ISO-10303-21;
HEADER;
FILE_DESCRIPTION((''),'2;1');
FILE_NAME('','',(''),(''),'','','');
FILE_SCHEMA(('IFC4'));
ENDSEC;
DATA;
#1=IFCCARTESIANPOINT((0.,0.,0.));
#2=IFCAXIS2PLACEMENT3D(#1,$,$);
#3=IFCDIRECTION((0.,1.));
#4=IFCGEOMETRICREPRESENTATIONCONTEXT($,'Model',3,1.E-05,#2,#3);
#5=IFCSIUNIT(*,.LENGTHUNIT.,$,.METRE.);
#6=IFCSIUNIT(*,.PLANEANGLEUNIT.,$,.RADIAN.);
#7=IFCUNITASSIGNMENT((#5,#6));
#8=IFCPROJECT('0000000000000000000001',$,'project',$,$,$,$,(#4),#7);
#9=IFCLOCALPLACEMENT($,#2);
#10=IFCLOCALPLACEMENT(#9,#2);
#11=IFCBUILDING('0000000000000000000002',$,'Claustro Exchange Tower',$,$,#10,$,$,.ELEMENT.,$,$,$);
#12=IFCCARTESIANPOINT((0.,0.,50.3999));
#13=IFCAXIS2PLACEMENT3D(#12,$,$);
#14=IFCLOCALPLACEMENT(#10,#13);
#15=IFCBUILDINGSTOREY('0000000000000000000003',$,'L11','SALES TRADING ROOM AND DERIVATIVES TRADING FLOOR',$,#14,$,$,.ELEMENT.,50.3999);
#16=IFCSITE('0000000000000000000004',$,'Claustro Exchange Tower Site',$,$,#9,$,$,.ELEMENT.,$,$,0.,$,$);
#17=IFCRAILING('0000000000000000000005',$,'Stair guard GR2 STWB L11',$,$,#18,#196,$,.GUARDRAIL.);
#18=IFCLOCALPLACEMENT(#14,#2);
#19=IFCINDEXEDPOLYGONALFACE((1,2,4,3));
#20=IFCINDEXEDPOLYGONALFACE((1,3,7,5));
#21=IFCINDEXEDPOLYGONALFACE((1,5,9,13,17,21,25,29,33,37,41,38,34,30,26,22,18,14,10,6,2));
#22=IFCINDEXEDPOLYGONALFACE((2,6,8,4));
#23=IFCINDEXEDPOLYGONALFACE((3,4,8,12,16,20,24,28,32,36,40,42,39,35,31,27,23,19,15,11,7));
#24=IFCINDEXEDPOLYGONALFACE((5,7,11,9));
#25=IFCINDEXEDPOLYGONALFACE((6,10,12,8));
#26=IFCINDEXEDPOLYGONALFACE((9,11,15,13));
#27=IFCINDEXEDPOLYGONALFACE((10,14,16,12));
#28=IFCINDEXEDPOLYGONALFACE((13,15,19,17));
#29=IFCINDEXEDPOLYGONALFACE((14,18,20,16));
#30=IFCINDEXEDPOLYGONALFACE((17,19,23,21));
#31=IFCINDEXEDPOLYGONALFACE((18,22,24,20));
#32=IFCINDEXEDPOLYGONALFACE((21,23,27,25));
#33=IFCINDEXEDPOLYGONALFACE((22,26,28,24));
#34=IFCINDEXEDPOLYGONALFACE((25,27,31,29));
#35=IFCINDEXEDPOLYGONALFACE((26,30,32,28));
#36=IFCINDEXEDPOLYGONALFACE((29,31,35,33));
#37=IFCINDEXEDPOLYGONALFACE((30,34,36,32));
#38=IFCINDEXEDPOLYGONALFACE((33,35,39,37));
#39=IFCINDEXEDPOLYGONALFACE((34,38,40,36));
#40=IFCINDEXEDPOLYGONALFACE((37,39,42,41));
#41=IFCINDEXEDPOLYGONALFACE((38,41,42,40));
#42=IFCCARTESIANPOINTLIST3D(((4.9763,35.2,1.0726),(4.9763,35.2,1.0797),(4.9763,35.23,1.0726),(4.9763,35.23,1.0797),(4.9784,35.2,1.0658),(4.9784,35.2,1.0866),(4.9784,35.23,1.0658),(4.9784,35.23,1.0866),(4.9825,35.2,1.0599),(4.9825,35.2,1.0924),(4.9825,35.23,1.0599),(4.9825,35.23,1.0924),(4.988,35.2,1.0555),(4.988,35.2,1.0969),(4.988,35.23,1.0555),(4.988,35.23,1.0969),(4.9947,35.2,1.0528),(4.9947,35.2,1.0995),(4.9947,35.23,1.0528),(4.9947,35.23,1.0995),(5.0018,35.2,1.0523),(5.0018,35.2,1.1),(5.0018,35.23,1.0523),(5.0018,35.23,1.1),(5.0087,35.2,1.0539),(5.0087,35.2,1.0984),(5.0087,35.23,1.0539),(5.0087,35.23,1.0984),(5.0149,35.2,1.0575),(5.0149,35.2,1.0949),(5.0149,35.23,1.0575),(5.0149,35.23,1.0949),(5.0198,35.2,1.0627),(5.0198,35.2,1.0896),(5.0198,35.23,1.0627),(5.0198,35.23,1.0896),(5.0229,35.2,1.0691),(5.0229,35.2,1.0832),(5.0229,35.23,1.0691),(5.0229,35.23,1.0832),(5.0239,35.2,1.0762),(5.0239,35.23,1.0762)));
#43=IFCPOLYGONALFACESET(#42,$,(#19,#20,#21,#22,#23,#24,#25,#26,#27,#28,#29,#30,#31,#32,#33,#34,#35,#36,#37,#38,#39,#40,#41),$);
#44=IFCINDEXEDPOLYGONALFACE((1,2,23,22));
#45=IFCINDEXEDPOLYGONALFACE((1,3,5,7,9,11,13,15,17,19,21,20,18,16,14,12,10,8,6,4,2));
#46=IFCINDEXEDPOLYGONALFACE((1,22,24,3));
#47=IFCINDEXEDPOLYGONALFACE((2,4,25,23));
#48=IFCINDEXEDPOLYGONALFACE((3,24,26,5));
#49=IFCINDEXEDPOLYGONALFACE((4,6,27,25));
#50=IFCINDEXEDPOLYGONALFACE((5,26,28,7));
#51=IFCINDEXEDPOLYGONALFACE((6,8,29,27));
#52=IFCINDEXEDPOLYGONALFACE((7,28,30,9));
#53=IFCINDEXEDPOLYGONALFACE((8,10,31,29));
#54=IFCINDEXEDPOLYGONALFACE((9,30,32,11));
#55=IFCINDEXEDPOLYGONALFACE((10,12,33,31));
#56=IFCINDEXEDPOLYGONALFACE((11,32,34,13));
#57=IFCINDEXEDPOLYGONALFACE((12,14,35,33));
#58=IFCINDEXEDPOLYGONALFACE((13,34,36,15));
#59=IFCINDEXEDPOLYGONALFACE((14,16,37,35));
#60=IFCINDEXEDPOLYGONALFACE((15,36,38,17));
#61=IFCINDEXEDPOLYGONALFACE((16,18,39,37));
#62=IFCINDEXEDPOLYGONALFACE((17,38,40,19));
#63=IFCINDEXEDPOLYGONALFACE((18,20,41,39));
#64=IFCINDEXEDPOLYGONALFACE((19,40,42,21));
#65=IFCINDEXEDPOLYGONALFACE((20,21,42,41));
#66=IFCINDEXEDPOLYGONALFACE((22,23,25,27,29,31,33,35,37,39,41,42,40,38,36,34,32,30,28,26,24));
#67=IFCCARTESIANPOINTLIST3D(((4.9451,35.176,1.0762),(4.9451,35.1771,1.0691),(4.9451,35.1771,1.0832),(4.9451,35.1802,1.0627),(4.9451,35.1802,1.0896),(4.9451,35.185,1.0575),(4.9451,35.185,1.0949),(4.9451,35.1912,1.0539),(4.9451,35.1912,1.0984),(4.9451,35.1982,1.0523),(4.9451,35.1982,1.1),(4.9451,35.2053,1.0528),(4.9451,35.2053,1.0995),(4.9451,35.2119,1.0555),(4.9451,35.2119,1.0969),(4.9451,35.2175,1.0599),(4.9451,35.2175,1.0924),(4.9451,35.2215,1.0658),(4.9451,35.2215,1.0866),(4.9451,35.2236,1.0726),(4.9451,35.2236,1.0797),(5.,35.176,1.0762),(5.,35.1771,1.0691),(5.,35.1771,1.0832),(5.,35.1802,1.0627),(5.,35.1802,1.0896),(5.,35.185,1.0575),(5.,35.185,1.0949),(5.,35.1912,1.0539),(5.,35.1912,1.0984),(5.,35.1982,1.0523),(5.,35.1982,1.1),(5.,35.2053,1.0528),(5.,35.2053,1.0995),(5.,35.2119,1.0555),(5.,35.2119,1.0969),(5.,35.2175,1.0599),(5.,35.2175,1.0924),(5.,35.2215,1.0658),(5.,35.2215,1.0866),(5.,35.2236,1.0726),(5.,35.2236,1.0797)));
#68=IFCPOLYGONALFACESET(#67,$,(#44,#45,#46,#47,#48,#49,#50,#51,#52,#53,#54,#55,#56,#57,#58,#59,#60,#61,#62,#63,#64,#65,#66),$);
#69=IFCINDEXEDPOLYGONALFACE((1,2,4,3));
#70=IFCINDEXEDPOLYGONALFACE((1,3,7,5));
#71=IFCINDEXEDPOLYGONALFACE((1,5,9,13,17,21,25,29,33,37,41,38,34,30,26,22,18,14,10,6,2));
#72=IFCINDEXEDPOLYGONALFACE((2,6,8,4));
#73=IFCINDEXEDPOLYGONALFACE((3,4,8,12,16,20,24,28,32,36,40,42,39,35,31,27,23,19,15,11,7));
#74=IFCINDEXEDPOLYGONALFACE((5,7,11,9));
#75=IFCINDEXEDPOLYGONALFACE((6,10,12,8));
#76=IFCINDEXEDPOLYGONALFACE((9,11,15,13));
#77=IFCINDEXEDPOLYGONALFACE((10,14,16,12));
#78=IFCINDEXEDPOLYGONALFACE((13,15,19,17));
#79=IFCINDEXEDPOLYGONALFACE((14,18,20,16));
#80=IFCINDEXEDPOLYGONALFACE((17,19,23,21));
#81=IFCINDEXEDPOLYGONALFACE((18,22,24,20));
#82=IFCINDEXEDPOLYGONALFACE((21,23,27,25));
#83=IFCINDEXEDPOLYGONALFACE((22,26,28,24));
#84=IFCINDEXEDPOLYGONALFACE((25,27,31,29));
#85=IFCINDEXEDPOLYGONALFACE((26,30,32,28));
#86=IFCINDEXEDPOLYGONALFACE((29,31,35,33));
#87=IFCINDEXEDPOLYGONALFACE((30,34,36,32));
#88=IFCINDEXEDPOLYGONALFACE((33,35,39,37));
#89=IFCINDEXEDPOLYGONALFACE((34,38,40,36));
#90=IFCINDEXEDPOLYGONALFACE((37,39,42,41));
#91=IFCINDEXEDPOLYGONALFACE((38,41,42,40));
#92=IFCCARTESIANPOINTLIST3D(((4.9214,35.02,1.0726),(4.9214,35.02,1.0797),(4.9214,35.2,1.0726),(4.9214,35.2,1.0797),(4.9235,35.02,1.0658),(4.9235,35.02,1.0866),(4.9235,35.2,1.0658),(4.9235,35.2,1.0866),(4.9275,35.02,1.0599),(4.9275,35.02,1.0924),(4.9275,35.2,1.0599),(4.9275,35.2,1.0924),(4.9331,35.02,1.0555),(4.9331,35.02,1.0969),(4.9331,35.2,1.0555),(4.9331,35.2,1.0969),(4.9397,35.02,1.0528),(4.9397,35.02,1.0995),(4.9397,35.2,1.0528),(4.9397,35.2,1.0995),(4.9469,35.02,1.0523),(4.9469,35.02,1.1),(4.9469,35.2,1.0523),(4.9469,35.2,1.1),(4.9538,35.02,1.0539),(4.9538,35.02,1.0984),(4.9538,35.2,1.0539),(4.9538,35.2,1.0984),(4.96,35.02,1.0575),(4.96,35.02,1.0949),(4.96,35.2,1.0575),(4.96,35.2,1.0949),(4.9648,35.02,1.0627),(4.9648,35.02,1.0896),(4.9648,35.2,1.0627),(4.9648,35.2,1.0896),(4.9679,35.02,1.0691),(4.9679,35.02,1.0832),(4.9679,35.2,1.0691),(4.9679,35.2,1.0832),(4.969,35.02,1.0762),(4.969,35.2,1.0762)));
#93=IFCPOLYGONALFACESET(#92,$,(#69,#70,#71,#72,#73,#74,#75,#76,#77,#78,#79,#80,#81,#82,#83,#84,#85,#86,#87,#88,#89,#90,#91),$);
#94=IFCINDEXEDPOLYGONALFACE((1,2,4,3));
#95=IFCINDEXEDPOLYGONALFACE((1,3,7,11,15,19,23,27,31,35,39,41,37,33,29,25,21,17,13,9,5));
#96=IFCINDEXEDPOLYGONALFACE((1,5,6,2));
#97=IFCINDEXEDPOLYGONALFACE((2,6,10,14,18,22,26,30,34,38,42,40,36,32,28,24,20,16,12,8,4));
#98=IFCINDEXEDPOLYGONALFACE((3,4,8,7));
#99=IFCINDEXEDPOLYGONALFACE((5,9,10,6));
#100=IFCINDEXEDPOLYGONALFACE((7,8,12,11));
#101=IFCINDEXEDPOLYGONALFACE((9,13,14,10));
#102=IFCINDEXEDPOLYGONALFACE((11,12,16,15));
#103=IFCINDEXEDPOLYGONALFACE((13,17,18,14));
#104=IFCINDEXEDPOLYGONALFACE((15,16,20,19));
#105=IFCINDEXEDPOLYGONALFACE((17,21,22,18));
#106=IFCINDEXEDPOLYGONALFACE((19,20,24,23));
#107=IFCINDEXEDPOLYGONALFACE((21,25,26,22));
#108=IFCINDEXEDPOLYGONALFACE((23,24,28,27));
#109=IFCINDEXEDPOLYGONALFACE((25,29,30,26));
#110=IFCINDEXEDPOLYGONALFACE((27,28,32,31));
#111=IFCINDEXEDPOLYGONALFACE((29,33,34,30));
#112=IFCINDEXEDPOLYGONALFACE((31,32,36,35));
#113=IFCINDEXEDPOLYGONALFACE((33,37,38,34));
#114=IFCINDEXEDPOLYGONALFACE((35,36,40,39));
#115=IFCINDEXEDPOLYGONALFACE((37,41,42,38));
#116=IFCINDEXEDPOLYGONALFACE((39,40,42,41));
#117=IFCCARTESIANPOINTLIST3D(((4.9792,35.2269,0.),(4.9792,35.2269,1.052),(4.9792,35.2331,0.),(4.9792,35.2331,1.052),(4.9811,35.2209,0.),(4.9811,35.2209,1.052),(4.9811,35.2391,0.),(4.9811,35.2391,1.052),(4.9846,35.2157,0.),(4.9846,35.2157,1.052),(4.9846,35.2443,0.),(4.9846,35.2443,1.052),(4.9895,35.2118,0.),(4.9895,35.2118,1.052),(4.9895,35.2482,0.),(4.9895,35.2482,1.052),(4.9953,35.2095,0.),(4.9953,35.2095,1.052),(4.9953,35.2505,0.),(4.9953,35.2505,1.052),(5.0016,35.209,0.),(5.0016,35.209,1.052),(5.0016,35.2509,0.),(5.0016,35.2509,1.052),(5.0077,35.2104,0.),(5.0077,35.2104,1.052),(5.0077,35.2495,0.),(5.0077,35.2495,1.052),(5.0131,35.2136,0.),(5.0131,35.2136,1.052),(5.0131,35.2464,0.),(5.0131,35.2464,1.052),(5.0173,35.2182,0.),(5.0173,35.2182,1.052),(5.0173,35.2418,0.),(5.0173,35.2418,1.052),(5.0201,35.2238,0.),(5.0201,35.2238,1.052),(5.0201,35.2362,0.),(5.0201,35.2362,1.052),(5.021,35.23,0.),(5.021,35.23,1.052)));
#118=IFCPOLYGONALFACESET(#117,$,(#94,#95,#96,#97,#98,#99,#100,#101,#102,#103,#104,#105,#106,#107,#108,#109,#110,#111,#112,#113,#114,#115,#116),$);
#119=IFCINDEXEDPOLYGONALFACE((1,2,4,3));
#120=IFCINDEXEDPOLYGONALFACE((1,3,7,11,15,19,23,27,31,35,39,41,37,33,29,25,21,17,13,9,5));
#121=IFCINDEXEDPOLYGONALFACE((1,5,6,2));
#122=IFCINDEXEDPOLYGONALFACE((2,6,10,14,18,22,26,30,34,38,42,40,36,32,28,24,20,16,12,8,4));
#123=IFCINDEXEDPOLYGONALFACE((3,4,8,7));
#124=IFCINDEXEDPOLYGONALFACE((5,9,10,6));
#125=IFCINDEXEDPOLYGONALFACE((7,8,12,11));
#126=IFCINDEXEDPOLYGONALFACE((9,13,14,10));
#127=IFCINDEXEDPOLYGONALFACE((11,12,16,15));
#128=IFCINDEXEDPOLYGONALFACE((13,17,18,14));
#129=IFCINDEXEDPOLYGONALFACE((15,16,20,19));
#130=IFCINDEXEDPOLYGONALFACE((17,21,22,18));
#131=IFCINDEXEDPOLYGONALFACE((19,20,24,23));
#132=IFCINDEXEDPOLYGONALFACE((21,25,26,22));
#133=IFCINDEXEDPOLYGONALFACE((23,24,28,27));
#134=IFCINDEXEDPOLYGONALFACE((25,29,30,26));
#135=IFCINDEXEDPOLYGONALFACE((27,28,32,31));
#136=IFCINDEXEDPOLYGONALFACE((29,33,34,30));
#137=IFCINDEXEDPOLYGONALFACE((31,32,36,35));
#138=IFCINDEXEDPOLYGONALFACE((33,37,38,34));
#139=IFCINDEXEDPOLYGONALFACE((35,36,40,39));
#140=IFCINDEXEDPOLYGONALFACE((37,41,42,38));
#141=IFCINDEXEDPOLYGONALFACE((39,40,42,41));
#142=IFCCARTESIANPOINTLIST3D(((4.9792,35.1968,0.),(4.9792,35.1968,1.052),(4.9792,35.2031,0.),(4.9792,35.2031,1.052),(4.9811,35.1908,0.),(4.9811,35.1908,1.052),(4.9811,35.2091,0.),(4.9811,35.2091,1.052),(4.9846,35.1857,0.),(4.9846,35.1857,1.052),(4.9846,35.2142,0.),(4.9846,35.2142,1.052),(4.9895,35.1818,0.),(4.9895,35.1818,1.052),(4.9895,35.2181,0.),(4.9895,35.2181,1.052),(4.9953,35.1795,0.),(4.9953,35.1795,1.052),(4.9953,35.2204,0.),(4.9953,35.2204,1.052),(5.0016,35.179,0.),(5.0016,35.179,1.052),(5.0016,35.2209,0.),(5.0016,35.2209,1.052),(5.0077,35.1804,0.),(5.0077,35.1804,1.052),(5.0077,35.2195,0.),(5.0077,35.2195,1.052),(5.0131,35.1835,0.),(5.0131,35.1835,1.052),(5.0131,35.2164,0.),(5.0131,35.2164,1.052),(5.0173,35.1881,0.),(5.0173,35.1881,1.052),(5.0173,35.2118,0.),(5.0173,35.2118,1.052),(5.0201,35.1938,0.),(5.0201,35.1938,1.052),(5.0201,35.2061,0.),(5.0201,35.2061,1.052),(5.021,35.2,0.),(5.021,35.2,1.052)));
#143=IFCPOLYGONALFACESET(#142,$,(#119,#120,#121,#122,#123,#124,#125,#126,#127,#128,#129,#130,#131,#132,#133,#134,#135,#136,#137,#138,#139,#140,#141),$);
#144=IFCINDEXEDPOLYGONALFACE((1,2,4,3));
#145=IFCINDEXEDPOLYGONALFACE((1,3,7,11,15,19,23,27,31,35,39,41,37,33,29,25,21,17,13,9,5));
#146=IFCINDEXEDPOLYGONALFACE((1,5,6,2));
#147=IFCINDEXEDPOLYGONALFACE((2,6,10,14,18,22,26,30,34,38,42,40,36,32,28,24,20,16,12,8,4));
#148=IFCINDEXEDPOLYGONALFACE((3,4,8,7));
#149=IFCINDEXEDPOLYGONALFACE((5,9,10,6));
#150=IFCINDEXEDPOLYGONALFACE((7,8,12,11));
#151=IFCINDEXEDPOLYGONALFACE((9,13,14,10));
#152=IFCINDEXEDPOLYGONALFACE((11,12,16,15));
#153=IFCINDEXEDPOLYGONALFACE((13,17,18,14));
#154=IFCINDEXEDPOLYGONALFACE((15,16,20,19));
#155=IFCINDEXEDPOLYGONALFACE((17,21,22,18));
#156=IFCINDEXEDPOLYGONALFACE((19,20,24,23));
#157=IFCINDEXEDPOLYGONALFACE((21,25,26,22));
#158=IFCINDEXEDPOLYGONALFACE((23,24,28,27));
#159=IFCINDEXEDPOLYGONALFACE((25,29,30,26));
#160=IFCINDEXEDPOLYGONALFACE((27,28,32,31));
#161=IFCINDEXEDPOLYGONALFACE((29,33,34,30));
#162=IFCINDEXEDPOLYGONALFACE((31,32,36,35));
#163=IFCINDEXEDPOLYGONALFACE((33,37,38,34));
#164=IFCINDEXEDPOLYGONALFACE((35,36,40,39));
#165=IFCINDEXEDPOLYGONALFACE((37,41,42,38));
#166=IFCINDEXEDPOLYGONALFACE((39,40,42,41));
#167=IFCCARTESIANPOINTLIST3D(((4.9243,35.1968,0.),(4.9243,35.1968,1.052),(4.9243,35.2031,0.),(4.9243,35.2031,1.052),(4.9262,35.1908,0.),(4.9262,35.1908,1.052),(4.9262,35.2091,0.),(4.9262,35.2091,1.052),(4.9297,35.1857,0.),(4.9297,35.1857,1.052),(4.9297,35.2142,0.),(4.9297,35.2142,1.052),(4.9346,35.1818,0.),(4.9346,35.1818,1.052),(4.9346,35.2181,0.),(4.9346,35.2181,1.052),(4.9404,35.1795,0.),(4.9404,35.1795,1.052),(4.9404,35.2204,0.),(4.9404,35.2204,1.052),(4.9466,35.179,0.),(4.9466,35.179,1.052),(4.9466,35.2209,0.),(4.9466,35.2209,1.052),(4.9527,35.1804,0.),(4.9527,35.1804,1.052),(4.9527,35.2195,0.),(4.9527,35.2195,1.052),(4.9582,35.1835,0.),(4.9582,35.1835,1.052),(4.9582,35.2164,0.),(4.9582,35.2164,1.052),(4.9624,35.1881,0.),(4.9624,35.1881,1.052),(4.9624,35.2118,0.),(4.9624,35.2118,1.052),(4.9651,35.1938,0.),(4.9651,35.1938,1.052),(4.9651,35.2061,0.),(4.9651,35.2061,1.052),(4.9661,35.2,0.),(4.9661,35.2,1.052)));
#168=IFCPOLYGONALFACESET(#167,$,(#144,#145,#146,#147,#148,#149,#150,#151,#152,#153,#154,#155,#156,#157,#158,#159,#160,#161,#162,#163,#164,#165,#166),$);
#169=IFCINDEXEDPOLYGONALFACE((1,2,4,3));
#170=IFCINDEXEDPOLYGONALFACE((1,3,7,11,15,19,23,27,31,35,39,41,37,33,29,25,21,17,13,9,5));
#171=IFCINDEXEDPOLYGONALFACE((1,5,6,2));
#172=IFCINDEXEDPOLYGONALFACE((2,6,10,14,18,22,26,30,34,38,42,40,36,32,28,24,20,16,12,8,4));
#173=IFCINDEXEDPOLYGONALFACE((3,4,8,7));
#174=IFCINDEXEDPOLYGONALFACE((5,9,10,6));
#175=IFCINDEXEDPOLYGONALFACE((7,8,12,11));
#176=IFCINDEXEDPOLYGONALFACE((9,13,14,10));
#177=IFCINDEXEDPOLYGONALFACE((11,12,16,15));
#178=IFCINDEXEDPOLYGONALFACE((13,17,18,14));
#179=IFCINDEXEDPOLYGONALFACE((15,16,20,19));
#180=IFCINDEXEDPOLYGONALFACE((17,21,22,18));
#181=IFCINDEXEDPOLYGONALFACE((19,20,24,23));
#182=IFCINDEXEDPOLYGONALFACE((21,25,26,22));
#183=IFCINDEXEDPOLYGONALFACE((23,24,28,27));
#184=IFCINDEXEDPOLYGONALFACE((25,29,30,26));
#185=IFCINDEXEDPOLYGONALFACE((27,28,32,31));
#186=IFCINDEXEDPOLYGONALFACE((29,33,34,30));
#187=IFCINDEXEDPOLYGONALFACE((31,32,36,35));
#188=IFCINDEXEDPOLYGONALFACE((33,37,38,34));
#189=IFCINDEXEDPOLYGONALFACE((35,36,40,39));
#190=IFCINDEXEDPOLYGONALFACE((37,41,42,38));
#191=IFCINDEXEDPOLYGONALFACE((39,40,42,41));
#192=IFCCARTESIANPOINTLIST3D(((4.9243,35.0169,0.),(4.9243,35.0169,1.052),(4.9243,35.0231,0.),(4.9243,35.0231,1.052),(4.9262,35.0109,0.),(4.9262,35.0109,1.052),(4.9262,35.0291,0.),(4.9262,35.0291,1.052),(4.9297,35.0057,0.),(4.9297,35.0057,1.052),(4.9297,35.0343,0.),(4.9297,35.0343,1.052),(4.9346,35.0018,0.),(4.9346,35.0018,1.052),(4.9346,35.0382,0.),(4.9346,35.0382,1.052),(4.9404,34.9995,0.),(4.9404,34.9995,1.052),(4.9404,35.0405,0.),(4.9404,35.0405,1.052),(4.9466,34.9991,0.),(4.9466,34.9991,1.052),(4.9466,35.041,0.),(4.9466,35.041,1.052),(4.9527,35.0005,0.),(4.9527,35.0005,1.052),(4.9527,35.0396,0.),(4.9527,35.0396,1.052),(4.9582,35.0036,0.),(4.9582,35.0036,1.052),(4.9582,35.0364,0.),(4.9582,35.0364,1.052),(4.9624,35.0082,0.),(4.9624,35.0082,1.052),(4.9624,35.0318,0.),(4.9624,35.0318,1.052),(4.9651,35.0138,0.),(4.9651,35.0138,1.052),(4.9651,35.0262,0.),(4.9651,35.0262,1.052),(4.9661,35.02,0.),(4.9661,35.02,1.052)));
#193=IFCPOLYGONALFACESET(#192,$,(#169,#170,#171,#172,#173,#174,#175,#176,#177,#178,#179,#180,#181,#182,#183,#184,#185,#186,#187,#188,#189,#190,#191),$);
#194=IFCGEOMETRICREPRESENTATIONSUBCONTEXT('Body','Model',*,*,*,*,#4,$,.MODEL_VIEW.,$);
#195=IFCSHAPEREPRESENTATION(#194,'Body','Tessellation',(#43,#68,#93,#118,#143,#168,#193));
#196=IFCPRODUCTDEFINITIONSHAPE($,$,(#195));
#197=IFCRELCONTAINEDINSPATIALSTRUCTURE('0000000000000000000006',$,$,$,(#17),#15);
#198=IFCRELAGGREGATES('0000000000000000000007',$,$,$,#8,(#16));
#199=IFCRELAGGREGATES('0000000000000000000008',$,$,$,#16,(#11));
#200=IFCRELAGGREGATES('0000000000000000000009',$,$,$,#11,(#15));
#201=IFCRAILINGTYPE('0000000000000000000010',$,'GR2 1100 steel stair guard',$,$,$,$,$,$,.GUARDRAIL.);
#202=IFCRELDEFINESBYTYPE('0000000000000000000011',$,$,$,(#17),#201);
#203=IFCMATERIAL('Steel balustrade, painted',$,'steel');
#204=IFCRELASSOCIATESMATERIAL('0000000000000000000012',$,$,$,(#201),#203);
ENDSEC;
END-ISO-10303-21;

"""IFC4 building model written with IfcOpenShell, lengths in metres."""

from ifc_helpers import new_model, si_unit, direction, frame, origin, origin_2d, place, context, subcontext, project, spatial, circle, extrude, material, type_object, element, save


model = new_model("IFC4")

# Units and contexts
model_context = context("Model", 3, precision=1e-05, world=origin(), true_north=direction((0.0, 1.0)))
body_context = subcontext(model_context, "Body", "Model", "MODEL_VIEW")
ifc_project = project(units=[si_unit("LENGTHUNIT", "METRE"), si_unit("PLANEANGLEUNIT", "RADIAN")], contexts=[model_context])

# Site, building, storey
site_placement = place(None, origin())
site = spatial("IfcSite", under=ifc_project, at=site_placement, Name="Claustro Exchange Tower Site", CompositionType="ELEMENT", RefElevation=0.0)
building_placement = place(site_placement, origin())
building = spatial("IfcBuilding", under=site, at=building_placement, Name="Claustro Exchange Tower", CompositionType="ELEMENT")
storey_placement = place(building_placement, frame((0.0, 0.0, 50.3999)))
storey = spatial("IfcBuildingStorey", under=building, at=storey_placement, Name="L11", Description="SALES TRADING ROOM AND DERIVATIVES TRADING FLOOR", CompositionType="ELEMENT", Elevation=50.3999)

# Railing
ifc_material_1 = material(Name="Steel balustrade, painted", Category="steel")
railing_type_1 = type_object("IfcRailingType", Name="GR2 1100 steel stair guard", PredefinedType="GUARDRAIL", material=ifc_material_1)
railing_1_placement = place(storey_placement, frame((5.0, 35.23, 0.0)))
element("IfcRailing", 1, at=railing_1_placement, inside=storey, type_object=railing_type_1, Name="Stair guard GR2 STWB L11", PredefinedType="GUARDRAIL", context=body_context, shape_type="SweptSolid", body=[
    extrude(circle(Radius=0.0239, at=origin_2d()), frame((0.0, 0.0, 1.0762), z_axis=(0.0, -1.0, 0.0), x_axis=(1.0, 0.0, 0.0)), (0.0, 0.0, 1.0), 0.03),
    extrude(circle(Radius=0.0239, at=origin_2d()), frame((0.0, -0.03, 1.0762), z_axis=(-1.0, 0.0, 0.0), x_axis=(0.0, -1.0, 0.0)), (0.0, 0.0, 1.0), 0.0549),
    extrude(circle(Radius=0.0239, at=origin_2d()), frame((-0.0549, -0.03, 1.0762), z_axis=(0.0, -1.0, 0.0), x_axis=(1.0, 0.0, 0.0)), (0.0, 0.0, 1.0), 0.1799),
    extrude(circle(Radius=0.021, at=origin_2d()), origin(), (0.0, 0.0, 1.0), 1.052),
    extrude(circle(Radius=0.021, at=origin_2d()), frame((0.0, -0.03, 0.0)), (0.0, 0.0, 1.0), 1.052),
    extrude(circle(Radius=0.021, at=origin_2d()), frame((-0.0549, -0.03, 0.0)), (0.0, 0.0, 1.0), 1.052),
    extrude(circle(Radius=0.021, at=origin_2d()), frame((-0.0549, -0.21, 0.0)), (0.0, 0.0, 1.0), 1.052),
])

save(model, "model.ifc")
